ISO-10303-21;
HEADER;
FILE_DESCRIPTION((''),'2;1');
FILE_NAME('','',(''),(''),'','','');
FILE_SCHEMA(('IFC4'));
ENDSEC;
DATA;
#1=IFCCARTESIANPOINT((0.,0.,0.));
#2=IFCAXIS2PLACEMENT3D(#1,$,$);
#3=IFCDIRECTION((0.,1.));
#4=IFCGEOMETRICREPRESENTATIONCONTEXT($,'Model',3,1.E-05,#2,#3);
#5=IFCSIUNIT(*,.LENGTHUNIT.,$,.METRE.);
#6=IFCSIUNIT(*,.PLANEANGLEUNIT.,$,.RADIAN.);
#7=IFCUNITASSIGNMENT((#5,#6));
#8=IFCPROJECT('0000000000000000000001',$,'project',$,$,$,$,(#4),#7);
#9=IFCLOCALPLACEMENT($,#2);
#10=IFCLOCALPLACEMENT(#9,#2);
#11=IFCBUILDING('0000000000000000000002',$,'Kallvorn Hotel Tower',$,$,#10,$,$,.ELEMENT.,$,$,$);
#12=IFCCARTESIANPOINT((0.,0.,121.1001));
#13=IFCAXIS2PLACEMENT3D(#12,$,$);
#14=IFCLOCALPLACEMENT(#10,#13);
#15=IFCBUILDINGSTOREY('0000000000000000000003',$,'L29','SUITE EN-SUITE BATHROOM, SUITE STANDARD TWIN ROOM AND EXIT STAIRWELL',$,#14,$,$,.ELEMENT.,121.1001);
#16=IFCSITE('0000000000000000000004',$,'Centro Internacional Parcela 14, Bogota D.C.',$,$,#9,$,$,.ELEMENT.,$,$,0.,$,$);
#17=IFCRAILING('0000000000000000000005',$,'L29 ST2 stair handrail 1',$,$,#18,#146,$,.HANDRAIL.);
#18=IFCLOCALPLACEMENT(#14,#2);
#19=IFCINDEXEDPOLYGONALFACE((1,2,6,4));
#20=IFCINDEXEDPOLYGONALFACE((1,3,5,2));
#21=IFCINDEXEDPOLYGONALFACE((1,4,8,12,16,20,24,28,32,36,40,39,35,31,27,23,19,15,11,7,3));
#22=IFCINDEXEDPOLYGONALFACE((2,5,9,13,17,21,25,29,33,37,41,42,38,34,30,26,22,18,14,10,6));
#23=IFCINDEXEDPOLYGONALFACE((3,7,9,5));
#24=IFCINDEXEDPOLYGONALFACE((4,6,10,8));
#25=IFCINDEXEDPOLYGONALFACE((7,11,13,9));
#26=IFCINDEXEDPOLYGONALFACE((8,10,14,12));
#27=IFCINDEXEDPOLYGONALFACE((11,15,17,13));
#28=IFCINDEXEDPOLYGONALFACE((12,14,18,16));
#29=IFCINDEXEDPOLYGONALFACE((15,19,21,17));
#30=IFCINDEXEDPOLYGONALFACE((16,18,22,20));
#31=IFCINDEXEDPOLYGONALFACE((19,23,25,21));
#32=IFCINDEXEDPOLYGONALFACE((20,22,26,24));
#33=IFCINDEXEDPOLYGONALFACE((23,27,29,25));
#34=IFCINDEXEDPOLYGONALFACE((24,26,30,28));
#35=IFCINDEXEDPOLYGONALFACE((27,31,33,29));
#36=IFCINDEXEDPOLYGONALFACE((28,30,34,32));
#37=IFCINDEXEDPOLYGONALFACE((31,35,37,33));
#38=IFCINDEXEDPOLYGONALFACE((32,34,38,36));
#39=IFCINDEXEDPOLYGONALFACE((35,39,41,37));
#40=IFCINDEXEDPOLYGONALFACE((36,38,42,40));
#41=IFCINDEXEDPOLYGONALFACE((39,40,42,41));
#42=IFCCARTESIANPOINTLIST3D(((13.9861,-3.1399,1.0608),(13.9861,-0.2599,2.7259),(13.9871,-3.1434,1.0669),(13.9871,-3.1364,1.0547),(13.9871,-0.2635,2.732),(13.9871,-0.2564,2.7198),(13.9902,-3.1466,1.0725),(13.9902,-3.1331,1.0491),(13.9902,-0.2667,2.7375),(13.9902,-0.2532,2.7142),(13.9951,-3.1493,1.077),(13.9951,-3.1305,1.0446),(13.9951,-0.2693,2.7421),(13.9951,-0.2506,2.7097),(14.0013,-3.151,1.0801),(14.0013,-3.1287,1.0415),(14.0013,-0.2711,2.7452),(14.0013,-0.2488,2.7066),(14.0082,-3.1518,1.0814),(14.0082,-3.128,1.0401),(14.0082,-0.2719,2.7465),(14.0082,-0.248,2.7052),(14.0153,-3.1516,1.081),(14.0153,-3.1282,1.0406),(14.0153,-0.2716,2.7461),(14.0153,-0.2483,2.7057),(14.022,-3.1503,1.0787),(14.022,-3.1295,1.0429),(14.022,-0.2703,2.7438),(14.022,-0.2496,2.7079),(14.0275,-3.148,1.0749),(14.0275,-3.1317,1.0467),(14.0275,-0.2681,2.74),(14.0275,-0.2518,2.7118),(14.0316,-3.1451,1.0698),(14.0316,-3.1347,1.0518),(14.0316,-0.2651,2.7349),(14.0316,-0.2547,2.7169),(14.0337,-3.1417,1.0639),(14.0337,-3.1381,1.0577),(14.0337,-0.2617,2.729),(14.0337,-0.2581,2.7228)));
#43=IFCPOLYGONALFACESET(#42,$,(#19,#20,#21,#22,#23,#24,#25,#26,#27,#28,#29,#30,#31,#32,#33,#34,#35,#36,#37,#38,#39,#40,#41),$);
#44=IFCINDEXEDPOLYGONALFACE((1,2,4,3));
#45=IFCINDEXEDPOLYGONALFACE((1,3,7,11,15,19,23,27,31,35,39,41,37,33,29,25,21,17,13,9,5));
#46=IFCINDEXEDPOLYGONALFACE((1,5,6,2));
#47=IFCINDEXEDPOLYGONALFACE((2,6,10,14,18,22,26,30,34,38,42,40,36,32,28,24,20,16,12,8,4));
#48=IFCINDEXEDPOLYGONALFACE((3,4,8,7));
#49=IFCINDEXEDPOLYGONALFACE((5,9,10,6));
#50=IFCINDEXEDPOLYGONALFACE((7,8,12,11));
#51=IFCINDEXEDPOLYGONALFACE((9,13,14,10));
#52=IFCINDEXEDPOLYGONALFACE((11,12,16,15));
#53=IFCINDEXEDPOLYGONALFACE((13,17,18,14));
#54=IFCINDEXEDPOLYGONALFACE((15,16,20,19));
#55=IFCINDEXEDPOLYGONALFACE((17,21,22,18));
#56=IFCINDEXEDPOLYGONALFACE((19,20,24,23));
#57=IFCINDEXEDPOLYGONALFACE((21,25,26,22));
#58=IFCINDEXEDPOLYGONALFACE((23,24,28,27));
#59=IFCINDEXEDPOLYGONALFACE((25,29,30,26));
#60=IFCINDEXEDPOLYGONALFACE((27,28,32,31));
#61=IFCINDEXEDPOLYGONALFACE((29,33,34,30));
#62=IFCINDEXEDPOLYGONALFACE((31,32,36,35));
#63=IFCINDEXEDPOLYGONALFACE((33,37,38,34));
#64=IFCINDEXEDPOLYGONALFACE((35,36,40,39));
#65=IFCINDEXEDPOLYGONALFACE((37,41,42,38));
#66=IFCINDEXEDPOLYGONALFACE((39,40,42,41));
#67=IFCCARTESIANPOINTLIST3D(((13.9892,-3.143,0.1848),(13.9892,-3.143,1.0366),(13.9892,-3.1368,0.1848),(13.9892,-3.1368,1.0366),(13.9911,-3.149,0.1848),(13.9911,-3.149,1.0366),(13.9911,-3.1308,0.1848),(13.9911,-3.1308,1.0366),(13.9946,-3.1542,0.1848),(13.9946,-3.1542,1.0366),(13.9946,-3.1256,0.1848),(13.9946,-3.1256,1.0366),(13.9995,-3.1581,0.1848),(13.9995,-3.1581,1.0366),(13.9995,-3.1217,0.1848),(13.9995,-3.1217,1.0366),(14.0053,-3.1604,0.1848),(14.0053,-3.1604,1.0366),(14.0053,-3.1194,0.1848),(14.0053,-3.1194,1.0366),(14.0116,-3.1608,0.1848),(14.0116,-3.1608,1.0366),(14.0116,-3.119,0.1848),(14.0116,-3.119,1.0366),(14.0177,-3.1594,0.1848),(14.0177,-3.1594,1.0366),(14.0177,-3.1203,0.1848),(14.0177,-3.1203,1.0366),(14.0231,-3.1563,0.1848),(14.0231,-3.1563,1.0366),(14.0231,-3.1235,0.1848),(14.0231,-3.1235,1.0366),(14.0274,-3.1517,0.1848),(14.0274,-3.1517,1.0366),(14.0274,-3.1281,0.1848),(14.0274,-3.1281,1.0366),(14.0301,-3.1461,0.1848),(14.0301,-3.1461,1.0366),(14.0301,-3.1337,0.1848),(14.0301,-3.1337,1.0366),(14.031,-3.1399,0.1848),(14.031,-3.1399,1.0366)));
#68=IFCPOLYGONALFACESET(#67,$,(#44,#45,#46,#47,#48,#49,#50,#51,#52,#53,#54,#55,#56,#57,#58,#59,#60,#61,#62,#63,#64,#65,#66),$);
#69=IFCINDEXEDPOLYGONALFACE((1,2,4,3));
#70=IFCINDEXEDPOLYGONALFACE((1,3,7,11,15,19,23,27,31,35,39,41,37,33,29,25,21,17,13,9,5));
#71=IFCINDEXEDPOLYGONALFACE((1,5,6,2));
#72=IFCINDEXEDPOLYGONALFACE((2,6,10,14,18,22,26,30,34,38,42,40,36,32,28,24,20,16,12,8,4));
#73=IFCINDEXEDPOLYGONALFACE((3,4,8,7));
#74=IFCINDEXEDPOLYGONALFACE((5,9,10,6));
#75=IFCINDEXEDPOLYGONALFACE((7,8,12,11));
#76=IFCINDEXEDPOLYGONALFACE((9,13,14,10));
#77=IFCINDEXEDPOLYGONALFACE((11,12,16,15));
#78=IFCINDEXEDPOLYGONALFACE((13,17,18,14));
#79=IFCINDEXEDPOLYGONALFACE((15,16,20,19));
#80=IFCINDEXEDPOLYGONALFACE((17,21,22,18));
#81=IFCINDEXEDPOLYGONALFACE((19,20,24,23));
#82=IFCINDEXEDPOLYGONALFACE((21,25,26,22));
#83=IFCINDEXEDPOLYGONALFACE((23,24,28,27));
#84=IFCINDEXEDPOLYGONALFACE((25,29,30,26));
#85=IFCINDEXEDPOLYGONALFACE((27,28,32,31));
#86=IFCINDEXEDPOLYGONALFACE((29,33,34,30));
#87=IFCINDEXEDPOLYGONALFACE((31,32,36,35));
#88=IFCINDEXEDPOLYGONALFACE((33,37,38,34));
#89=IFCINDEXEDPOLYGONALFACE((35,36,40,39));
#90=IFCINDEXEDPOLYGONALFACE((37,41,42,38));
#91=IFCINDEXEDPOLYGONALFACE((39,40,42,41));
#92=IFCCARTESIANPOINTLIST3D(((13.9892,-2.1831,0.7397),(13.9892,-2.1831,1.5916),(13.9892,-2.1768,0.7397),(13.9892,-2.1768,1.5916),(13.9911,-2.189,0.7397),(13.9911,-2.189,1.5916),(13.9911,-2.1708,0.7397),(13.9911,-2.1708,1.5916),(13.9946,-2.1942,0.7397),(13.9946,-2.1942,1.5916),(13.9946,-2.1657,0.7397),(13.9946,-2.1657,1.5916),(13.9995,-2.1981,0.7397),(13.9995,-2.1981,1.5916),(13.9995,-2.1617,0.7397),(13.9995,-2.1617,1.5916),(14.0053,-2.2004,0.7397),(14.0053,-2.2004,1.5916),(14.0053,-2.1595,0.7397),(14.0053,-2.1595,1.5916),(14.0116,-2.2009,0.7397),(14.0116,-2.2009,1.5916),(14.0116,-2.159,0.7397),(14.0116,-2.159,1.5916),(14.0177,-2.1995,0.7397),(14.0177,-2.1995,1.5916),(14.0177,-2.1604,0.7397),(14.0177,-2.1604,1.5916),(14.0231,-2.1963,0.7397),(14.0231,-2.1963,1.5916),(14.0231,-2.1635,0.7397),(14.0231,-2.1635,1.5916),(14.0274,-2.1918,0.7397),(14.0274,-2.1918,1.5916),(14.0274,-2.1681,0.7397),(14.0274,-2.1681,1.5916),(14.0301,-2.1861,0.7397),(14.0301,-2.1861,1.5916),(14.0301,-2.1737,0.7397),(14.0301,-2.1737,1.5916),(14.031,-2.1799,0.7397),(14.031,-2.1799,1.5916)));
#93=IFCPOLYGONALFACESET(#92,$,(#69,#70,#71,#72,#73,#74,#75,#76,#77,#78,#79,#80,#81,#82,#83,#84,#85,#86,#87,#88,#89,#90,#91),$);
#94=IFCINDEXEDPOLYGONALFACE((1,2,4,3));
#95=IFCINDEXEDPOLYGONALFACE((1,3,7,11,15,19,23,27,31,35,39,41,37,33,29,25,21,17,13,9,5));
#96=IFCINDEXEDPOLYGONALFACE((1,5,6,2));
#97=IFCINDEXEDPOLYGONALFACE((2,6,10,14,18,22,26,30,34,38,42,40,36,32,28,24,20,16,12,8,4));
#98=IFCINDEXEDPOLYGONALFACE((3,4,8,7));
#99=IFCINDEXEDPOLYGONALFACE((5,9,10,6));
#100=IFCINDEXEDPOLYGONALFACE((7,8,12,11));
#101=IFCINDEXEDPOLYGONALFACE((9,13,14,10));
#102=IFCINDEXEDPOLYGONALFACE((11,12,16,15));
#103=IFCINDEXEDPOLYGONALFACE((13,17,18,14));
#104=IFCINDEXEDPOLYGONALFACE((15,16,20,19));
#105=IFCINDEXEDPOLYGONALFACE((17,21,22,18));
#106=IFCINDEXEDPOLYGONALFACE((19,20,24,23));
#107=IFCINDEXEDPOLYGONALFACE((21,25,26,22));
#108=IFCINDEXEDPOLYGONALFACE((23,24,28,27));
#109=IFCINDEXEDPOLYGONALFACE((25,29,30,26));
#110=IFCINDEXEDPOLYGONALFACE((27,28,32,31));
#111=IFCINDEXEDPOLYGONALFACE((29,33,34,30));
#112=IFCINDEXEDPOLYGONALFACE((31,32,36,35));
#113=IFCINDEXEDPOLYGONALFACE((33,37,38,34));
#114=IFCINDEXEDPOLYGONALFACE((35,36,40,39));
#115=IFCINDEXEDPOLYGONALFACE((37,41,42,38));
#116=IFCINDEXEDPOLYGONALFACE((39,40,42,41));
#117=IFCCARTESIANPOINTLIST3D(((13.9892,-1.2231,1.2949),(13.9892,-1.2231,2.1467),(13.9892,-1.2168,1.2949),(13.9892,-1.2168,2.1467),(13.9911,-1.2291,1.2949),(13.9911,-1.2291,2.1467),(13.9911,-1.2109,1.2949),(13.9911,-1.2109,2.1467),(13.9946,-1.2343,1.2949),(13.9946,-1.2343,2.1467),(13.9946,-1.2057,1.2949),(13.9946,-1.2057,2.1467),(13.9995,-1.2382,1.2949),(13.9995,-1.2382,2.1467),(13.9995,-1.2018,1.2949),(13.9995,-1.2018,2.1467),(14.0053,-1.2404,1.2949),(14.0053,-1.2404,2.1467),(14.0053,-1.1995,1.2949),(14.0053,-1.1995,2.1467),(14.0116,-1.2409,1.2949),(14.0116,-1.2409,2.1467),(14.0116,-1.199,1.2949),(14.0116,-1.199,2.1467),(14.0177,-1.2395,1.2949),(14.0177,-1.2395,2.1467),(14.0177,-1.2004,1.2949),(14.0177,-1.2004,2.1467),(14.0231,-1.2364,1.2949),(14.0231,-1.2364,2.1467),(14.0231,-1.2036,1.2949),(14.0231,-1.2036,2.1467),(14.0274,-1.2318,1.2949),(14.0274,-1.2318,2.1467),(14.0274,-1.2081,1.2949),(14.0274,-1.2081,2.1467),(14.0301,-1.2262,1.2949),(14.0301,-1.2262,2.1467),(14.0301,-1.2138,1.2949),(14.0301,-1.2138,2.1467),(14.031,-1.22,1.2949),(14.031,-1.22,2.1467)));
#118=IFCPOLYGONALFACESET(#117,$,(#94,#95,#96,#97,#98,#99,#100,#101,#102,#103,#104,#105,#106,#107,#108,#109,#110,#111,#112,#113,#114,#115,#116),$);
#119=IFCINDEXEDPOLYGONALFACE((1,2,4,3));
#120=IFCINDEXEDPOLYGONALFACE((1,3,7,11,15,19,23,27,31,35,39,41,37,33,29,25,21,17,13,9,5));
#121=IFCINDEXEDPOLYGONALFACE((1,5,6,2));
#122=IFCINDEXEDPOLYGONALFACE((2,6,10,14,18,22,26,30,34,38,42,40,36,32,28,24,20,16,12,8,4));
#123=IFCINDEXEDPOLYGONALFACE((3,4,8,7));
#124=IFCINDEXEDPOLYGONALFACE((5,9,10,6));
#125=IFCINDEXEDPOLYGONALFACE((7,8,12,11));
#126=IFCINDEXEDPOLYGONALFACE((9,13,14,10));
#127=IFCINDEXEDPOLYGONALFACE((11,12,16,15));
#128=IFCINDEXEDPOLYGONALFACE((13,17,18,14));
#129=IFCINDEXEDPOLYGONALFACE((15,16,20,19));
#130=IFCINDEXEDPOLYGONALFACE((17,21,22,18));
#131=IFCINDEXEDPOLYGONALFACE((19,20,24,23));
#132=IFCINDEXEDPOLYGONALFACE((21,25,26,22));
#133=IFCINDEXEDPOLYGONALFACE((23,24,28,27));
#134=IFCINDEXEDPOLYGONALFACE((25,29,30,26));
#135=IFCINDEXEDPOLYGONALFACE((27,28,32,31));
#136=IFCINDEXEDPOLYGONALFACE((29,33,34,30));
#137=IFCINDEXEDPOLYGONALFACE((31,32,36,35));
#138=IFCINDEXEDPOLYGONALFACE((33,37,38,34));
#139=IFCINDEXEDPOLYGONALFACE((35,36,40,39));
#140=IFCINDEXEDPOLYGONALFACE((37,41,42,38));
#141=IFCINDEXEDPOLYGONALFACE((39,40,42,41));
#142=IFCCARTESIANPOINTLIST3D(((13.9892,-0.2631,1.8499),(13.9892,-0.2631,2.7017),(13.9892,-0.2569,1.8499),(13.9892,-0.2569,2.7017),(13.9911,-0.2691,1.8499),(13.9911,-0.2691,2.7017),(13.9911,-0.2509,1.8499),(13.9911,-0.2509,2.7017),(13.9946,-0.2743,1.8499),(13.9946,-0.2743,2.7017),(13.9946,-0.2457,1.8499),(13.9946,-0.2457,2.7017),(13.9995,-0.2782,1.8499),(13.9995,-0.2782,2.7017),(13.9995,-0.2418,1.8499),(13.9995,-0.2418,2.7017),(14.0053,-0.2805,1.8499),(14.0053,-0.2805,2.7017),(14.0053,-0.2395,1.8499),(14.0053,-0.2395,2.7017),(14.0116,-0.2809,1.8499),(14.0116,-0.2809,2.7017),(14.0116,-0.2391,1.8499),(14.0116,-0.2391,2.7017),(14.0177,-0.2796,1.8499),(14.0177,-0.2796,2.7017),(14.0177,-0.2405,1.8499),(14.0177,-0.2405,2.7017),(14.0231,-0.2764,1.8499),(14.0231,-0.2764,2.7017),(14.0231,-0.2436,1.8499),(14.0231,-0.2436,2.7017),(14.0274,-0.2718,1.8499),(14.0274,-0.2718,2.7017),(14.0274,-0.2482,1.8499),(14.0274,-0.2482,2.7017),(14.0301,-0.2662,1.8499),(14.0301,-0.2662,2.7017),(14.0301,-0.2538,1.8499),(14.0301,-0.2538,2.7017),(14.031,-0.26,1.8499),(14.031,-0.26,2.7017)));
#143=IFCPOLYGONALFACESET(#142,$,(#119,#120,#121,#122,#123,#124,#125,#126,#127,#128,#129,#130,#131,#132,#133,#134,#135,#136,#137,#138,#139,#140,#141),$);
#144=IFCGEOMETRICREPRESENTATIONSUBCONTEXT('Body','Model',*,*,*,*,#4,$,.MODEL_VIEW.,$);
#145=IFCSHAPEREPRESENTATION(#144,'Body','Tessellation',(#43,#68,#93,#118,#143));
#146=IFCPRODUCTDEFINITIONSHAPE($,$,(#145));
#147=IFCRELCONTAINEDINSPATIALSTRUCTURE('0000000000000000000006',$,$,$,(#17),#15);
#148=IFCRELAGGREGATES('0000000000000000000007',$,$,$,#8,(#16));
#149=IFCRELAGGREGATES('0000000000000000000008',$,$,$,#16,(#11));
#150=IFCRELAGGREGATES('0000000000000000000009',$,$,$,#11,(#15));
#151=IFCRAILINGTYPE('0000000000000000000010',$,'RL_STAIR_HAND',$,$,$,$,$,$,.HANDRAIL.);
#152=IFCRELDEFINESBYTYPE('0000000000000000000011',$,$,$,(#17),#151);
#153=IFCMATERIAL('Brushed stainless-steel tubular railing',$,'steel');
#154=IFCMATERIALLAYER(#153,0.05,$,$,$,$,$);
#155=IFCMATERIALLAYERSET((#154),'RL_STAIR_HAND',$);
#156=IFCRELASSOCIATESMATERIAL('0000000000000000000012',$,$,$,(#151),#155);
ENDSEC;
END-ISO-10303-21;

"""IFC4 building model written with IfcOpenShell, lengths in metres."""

from ifc_helpers import new_model, si_unit, direction, frame, origin, origin_2d, place, context, subcontext, project, spatial, circle, extrude, material, layer, layer_set, type_object, element, save


model = new_model("IFC4")

# Units and contexts
model_context = context("Model", 3, precision=1e-05, world=origin(), true_north=direction((0.0, 1.0)))
body_context = subcontext(model_context, "Body", "Model", "MODEL_VIEW")
ifc_project = project(units=[si_unit("LENGTHUNIT", "METRE"), si_unit("PLANEANGLEUNIT", "RADIAN")], contexts=[model_context])

# Site, building, storey
site_placement = place(None, origin())
site = spatial("IfcSite", under=ifc_project, at=site_placement, Name="Centro Internacional Parcela 14, Bogota D.C.", CompositionType="ELEMENT", RefElevation=0.0)
building_placement = place(site_placement, origin())
building = spatial("IfcBuilding", under=site, at=building_placement, Name="Kallvorn Hotel Tower", CompositionType="ELEMENT")
storey_placement = place(building_placement, frame((0.0, 0.0, 121.1001)))
storey = spatial("IfcBuildingStorey", under=building, at=storey_placement, Name="L29", Description="SUITE EN-SUITE BATHROOM, SUITE STANDARD TWIN ROOM AND EXIT STAIRWELL", CompositionType="ELEMENT", Elevation=121.1001)

# Railing
ifc_material_1 = material(Name="Brushed stainless-steel tubular railing", Category="steel")
ifc_layer_1 = layer(ifc_material_1, 0.05)
ifc_layer_set_1 = layer_set([ifc_layer_1], Name="RL_STAIR_HAND")
railing_type_1 = type_object("IfcRailingType", Name="RL_STAIR_HAND", PredefinedType="HANDRAIL", material=ifc_layer_set_1)
railing_1_placement = place(storey_placement, frame((14.01, -3.1399, 0.1848)))
element("IfcRailing", 1, at=railing_1_placement, inside=storey, type_object=railing_type_1, Name="L29 ST2 stair handrail 1", PredefinedType="HANDRAIL", context=body_context, shape_type="SweptSolid", body=[
    extrude(circle(Radius=0.0239, at=origin_2d()), frame((0.0, 0.0, 0.876), z_axis=(0.0, 0.865721, 0.500527), x_axis=(-1.0, 0.0, 0.0)), (0.0, 0.0, 1.0), 3.3267),
    extrude(circle(Radius=0.021, at=origin_2d()), origin(), (0.0, 0.0, 1.0), 0.8518),
    extrude(circle(Radius=0.021, at=origin_2d()), frame((0.0, 0.96, 0.5549)), (0.0, 0.0, 1.0), 0.8518),
    extrude(circle(Radius=0.021, at=origin_2d()), frame((0.0, 1.9199, 1.1101)), (0.0, 0.0, 1.0), 0.8518),
    extrude(circle(Radius=0.021, at=origin_2d()), frame((0.0, 2.8799, 1.665)), (0.0, 0.0, 1.0), 0.8518),
])

save(model, "model.ifc")
